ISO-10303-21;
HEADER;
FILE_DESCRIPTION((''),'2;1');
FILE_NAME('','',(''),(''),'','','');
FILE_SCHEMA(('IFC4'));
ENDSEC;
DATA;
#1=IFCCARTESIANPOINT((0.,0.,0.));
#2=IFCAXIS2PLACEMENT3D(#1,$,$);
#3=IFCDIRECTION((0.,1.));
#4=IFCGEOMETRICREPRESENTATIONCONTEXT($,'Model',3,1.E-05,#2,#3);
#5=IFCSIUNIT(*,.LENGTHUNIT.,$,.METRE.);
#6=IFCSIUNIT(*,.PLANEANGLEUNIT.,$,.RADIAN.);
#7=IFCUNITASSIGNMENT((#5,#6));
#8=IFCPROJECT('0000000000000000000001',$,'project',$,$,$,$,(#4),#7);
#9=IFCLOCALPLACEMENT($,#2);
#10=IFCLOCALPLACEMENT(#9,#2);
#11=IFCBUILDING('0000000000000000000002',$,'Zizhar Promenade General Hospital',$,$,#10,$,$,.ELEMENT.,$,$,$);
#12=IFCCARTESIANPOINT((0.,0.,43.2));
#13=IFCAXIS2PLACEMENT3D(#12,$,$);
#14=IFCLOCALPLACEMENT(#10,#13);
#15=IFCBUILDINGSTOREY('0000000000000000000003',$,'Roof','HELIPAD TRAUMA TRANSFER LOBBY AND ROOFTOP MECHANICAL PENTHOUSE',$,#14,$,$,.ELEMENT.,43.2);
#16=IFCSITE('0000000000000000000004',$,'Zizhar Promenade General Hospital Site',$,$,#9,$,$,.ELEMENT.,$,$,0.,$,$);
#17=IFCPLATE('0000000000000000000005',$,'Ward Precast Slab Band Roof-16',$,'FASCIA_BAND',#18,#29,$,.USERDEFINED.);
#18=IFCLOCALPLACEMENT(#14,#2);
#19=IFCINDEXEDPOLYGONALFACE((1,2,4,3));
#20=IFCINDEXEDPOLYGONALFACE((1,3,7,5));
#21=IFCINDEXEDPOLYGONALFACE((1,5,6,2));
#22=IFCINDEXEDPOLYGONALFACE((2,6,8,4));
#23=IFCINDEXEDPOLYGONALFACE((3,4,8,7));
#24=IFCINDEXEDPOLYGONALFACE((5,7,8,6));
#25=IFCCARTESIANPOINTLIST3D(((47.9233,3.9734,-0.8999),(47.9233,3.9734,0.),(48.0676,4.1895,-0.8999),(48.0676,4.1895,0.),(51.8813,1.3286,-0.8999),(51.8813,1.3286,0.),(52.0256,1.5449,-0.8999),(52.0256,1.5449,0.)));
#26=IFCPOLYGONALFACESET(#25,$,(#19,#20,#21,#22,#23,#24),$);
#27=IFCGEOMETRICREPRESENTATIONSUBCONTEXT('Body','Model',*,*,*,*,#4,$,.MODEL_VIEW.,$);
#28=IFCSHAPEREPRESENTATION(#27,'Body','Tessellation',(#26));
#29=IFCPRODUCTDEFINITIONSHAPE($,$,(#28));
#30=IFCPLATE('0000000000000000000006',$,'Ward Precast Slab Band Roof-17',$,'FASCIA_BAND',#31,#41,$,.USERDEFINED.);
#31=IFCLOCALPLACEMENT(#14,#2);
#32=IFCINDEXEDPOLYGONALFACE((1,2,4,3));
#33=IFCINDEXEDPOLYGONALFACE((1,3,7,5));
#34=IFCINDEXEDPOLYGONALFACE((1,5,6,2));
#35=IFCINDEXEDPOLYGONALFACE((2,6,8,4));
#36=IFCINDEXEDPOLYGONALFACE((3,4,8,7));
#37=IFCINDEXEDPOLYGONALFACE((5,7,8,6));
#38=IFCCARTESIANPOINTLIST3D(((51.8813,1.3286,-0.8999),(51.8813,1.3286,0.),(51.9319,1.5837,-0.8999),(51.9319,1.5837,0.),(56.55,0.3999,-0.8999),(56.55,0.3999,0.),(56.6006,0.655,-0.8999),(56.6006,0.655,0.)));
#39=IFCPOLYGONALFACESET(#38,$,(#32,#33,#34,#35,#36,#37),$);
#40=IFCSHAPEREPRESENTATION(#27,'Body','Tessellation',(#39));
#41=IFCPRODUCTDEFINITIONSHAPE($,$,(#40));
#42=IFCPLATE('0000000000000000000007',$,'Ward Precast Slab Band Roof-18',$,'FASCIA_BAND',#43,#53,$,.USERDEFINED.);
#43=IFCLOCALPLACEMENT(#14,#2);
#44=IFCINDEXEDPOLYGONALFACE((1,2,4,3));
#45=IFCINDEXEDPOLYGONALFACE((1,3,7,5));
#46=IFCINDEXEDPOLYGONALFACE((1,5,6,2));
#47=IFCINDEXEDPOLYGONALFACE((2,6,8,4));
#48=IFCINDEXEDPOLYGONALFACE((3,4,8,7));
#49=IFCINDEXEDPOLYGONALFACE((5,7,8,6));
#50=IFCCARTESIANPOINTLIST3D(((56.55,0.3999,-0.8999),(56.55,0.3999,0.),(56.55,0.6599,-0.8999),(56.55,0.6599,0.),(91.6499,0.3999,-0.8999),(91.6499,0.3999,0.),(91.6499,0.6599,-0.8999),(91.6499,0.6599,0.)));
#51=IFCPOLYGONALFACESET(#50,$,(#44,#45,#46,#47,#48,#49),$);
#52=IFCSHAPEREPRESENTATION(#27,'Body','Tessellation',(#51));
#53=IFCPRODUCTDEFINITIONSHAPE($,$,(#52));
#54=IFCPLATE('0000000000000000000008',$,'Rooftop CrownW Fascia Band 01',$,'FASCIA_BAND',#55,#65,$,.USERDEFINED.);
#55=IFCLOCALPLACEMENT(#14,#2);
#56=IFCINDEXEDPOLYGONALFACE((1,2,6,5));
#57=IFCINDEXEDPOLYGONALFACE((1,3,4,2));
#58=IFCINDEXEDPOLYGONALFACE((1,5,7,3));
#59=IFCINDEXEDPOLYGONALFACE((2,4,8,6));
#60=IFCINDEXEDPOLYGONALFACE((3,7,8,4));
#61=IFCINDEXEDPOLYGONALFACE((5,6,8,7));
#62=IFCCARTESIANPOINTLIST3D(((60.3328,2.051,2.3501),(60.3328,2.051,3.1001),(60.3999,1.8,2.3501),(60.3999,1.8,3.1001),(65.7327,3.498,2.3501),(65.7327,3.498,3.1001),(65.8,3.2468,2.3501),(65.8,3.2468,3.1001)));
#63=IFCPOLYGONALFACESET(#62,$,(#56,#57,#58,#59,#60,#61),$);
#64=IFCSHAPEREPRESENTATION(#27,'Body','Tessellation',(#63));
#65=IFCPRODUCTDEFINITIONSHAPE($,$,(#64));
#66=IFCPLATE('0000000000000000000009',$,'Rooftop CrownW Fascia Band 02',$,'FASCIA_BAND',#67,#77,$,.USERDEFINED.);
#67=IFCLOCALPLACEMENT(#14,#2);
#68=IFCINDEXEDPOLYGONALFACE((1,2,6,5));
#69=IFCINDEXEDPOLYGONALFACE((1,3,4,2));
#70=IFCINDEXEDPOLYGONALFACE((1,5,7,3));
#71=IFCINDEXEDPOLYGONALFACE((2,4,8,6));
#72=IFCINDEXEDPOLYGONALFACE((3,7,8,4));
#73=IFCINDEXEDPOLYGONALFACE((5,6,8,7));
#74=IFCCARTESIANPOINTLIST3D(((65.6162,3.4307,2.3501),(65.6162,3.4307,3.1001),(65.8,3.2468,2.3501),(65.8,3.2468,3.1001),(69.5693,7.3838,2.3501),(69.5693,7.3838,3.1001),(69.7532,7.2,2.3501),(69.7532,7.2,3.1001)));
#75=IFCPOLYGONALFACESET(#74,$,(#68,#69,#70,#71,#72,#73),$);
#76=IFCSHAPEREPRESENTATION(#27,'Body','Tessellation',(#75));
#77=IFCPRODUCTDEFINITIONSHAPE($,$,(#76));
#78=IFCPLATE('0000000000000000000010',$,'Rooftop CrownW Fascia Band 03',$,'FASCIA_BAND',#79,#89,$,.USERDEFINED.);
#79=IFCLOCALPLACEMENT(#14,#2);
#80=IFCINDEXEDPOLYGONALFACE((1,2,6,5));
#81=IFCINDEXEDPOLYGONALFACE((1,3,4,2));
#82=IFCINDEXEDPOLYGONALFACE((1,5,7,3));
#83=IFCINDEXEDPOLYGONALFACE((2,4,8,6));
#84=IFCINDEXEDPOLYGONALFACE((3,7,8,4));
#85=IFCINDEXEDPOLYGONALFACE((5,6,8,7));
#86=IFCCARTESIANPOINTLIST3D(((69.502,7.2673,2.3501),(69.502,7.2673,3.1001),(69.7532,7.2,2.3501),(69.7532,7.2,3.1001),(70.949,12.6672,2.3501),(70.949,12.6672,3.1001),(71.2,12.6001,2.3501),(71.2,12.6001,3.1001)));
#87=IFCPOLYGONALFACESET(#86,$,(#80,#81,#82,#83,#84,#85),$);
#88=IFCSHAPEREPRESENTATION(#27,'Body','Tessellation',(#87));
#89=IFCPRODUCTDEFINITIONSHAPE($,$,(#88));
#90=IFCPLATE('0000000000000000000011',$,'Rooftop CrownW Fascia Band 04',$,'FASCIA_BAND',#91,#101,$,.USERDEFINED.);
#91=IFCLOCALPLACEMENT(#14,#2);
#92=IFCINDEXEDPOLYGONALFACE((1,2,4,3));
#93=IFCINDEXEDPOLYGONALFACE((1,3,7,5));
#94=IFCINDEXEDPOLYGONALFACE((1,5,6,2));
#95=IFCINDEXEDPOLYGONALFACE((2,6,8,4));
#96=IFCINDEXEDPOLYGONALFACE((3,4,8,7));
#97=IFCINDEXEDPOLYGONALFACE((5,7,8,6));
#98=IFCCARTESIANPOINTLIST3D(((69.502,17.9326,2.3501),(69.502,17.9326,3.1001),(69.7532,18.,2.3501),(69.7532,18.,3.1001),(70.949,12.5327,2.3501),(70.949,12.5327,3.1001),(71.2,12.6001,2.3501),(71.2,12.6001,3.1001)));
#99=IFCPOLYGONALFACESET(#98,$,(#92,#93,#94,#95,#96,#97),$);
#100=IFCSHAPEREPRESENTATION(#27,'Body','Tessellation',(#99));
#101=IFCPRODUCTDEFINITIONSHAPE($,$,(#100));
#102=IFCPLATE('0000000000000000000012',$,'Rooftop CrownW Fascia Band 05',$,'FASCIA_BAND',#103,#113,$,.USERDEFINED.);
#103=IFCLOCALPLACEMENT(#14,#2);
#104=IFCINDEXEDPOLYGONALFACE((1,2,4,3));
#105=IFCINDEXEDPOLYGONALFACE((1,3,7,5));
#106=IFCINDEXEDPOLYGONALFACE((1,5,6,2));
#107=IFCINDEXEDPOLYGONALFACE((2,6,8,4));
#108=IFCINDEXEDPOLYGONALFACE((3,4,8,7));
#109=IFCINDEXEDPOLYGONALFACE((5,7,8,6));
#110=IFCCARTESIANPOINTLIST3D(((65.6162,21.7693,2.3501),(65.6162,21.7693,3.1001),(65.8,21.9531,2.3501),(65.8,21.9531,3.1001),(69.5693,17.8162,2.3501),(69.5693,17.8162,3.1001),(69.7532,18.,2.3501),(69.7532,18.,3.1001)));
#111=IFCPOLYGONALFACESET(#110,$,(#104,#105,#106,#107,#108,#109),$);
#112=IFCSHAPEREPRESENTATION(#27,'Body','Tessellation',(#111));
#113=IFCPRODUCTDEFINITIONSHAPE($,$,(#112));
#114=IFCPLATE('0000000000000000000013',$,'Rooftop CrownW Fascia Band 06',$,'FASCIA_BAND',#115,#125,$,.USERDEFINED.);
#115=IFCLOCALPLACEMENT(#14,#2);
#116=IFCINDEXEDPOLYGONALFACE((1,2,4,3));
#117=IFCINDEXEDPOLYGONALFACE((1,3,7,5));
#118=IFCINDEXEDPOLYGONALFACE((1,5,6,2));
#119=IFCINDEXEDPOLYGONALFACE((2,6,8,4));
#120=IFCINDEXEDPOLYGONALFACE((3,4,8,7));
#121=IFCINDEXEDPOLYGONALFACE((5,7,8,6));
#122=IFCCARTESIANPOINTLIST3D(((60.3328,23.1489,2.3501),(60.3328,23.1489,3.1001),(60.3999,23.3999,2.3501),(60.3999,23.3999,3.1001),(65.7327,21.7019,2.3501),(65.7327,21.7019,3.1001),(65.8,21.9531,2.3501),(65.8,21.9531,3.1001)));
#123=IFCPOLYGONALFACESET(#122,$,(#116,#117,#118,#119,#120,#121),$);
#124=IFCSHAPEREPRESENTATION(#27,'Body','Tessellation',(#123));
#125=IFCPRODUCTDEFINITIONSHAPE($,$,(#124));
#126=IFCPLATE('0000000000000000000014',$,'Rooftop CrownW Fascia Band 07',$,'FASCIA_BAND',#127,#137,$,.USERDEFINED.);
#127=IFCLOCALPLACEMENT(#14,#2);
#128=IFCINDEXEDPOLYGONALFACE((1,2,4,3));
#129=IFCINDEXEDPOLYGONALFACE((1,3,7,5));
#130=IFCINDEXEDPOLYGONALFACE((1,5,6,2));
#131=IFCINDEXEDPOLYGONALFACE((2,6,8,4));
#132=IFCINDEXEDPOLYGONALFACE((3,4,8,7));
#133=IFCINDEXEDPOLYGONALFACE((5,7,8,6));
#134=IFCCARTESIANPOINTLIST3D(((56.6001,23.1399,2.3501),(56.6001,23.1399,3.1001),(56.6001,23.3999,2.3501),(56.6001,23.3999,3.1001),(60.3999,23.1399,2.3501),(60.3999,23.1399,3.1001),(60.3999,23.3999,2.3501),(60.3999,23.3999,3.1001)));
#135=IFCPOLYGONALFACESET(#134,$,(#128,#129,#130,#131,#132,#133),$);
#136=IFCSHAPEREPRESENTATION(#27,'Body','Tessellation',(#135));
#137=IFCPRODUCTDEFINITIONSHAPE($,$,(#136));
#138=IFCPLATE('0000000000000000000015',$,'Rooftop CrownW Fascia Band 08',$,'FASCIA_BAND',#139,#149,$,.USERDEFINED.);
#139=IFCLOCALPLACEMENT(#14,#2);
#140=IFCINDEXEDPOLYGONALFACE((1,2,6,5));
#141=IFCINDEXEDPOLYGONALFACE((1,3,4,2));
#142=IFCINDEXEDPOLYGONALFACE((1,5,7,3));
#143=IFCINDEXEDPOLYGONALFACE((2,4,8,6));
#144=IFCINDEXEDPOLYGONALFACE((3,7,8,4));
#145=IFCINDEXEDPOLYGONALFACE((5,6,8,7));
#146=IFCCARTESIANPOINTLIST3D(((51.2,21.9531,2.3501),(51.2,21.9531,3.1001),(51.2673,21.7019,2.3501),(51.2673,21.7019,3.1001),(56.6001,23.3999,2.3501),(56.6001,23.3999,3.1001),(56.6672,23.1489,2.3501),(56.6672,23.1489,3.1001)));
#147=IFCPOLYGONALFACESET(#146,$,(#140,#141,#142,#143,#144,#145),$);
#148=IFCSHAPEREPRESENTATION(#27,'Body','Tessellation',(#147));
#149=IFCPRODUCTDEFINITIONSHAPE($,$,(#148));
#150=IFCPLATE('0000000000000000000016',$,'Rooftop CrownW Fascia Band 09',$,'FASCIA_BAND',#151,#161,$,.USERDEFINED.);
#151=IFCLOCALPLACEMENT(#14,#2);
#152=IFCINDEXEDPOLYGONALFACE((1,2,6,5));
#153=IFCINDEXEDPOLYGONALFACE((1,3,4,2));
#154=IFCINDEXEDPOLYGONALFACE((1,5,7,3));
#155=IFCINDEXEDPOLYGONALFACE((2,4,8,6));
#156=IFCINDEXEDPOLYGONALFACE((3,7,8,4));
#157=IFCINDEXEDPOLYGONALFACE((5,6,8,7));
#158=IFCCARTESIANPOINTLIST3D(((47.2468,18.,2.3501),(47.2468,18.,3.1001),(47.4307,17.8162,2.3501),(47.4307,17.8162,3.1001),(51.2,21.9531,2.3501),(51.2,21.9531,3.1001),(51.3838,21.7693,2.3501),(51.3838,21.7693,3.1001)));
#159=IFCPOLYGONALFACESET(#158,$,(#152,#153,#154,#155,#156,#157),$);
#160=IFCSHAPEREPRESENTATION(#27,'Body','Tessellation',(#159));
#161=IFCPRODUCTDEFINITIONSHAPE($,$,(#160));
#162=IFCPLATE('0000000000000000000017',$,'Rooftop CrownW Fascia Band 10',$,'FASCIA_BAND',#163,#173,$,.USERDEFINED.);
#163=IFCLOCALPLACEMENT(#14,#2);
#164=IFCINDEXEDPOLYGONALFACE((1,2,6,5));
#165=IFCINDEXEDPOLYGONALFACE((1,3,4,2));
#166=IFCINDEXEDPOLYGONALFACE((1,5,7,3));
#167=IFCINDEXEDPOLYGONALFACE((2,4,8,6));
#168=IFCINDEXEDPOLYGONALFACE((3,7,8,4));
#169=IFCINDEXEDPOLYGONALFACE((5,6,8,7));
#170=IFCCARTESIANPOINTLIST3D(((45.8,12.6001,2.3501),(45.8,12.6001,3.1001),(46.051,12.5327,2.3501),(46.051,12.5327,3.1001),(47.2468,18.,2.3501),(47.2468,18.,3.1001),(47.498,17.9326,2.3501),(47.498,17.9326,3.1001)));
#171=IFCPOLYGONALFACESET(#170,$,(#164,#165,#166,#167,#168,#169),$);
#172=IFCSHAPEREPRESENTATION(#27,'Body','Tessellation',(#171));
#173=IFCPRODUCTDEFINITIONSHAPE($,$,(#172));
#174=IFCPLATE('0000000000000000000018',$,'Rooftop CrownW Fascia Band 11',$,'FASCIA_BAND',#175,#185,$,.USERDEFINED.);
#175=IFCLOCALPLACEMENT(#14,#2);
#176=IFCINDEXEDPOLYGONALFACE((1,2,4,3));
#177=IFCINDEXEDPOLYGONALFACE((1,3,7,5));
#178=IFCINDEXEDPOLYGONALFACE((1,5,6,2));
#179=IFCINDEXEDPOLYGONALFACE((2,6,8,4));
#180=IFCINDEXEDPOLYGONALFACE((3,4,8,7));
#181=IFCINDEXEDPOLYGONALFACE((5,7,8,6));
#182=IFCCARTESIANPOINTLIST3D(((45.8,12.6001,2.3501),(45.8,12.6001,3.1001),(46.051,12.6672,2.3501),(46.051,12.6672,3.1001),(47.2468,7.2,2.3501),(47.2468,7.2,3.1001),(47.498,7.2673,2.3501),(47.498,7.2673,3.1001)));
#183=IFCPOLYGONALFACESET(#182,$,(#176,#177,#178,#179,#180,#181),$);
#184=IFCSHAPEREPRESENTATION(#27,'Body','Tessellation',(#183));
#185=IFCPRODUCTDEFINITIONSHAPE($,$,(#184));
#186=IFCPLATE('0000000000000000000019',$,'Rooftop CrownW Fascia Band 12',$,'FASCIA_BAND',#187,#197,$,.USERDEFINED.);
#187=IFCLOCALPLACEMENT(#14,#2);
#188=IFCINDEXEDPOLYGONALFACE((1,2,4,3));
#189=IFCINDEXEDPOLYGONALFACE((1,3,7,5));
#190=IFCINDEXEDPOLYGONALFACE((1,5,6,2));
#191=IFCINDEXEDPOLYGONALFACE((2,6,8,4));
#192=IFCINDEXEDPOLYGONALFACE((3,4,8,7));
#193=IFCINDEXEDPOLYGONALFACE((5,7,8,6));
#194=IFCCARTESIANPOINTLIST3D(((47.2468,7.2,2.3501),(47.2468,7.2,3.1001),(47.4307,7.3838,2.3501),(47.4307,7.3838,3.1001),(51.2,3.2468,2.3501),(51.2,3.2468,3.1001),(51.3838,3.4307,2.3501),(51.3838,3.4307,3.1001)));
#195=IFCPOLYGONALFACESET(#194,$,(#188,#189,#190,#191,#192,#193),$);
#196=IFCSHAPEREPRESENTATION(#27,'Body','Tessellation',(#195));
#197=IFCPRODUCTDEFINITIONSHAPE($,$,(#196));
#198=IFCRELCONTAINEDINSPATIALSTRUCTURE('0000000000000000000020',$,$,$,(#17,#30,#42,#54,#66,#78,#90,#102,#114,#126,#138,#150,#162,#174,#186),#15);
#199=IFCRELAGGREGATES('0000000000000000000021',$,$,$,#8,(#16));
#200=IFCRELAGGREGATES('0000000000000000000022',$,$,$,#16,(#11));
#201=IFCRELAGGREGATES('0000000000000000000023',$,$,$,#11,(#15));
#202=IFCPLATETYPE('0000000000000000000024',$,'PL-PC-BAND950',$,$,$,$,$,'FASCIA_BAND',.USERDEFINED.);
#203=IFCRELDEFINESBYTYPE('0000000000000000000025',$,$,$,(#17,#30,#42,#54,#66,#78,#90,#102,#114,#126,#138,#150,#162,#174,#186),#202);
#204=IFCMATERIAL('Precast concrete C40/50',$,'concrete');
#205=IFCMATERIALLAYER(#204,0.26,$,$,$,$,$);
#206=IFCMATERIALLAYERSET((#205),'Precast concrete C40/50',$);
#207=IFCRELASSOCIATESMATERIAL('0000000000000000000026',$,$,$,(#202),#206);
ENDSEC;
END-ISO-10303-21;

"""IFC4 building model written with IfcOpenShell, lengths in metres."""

from ifc_helpers import new_model, si_unit, direction, frame, origin, place, context, subcontext, project, spatial, polyline, outline, extrude, material, layer, layer_set, type_object, element, save


model = new_model("IFC4")

# Units and contexts
model_context = context("Model", 3, precision=1e-05, world=origin(), true_north=direction((0.0, 1.0)))
body_context = subcontext(model_context, "Body", "Model", "MODEL_VIEW")
ifc_project = project(units=[si_unit("LENGTHUNIT", "METRE"), si_unit("PLANEANGLEUNIT", "RADIAN")], contexts=[model_context])

# Site, building, storey
site_placement = place(None, origin())
site = spatial("IfcSite", under=ifc_project, at=site_placement, Name="Zizhar Promenade General Hospital Site", CompositionType="ELEMENT", RefElevation=0.0)
building_placement = place(site_placement, origin())
building = spatial("IfcBuilding", under=site, at=building_placement, Name="Zizhar Promenade General Hospital", CompositionType="ELEMENT")
storey_placement = place(building_placement, frame((0.0, 0.0, 43.2)))
storey = spatial("IfcBuildingStorey", under=building, at=storey_placement, Name="Roof", Description="HELIPAD TRAUMA TRANSFER LOBBY AND ROOFTOP MECHANICAL PENTHOUSE", CompositionType="ELEMENT", Elevation=43.2)

# Plates
ifc_material = material(Name="Precast concrete C40/50", Category="concrete")
ifc_layer = layer(ifc_material, 0.26)
ifc_layer_set = layer_set([ifc_layer], Name="Precast concrete C40/50")
plate_type = type_object("IfcPlateType", Name="PL-PC-BAND950", ElementType="FASCIA_BAND", PredefinedType="USERDEFINED", material=ifc_layer_set)
plate_1_placement = place(storey_placement, frame((0.0, 0.0, -0.8999)))
element("IfcPlate", 1, at=plate_1_placement, inside=storey, type_object=plate_type, Name="Ward Precast Slab Band Roof-16", ObjectType="FASCIA_BAND", PredefinedType="USERDEFINED", context=body_context, shape_type="SweptSolid", body=[
    extrude(outline(polyline([(47.9233, 3.9734), (51.8813, 1.3286), (52.0256, 1.5449), (48.0676, 4.1895), (47.9233, 3.9734)])), origin(), (0.0, 0.0, 1.0), 0.8999),
])
plate_2_placement = place(storey_placement, frame((0.0, 0.0, -0.8999)))
element("IfcPlate", 2, at=plate_2_placement, inside=storey, type_object=plate_type, Name="Ward Precast Slab Band Roof-17", ObjectType="FASCIA_BAND", PredefinedType="USERDEFINED", context=body_context, shape_type="SweptSolid", body=[
    extrude(outline(polyline([(51.8813, 1.3286), (56.55, 0.3999), (56.6006, 0.655), (51.9319, 1.5837), (51.8813, 1.3286)])), origin(), (0.0, 0.0, 1.0), 0.8999),
])
plate_3_placement = place(storey_placement, frame((0.0, 0.0, -0.8999)))
element("IfcPlate", 3, at=plate_3_placement, inside=storey, type_object=plate_type, Name="Ward Precast Slab Band Roof-18", ObjectType="FASCIA_BAND", PredefinedType="USERDEFINED", context=body_context, shape_type="SweptSolid", body=[
    extrude(outline(polyline([(56.55, 0.3999), (91.6499, 0.3999), (91.6499, 0.6599), (56.55, 0.6599), (56.55, 0.3999)])), origin(), (0.0, 0.0, 1.0), 0.8999),
])
plate_4_placement = place(storey_placement, frame((0.0, 0.0, 2.3501)))
element("IfcPlate", 4, at=plate_4_placement, inside=storey, type_object=plate_type, Name="Rooftop CrownW Fascia Band 01", ObjectType="FASCIA_BAND", PredefinedType="USERDEFINED", context=body_context, shape_type="SweptSolid", body=[
    extrude(outline(polyline([(60.3999, 1.8), (65.8, 3.2468), (65.7327, 3.498), (60.3328, 2.051), (60.3999, 1.8)])), origin(), (0.0, 0.0, 1.0), 0.75),
])
plate_5_placement = place(storey_placement, frame((0.0, 0.0, 2.3501)))
element("IfcPlate", 5, at=plate_5_placement, inside=storey, type_object=plate_type, Name="Rooftop CrownW Fascia Band 02", ObjectType="FASCIA_BAND", PredefinedType="USERDEFINED", context=body_context, shape_type="SweptSolid", body=[
    extrude(outline(polyline([(65.8, 3.2468), (69.7532, 7.2), (69.5693, 7.3838), (65.6162, 3.4307), (65.8, 3.2468)])), origin(), (0.0, 0.0, 1.0), 0.75),
])
plate_6_placement = place(storey_placement, frame((0.0, 0.0, 2.3501)))
element("IfcPlate", 6, at=plate_6_placement, inside=storey, type_object=plate_type, Name="Rooftop CrownW Fascia Band 03", ObjectType="FASCIA_BAND", PredefinedType="USERDEFINED", context=body_context, shape_type="SweptSolid", body=[
    extrude(outline(polyline([(69.7532, 7.2), (71.2, 12.6001), (70.949, 12.6672), (69.502, 7.2673), (69.7532, 7.2)])), origin(), (0.0, 0.0, 1.0), 0.75),
])
plate_7_placement = place(storey_placement, frame((0.0, 0.0, 2.3501)))
element("IfcPlate", 7, at=plate_7_placement, inside=storey, type_object=plate_type, Name="Rooftop CrownW Fascia Band 04", ObjectType="FASCIA_BAND", PredefinedType="USERDEFINED", context=body_context, shape_type="SweptSolid", body=[
    extrude(outline(polyline([(71.2, 12.6001), (69.7532, 18.0), (69.502, 17.9326), (70.949, 12.5327), (71.2, 12.6001)])), origin(), (0.0, 0.0, 1.0), 0.75),
])
plate_8_placement = place(storey_placement, frame((0.0, 0.0, 2.3501)))
element("IfcPlate", 8, at=plate_8_placement, inside=storey, type_object=plate_type, Name="Rooftop CrownW Fascia Band 05", ObjectType="FASCIA_BAND", PredefinedType="USERDEFINED", context=body_context, shape_type="SweptSolid", body=[
    extrude(outline(polyline([(69.7532, 18.0), (65.8, 21.9531), (65.6162, 21.7693), (69.5693, 17.8162), (69.7532, 18.0)])), origin(), (0.0, 0.0, 1.0), 0.75),
])
plate_9_placement = place(storey_placement, frame((0.0, 0.0, 2.3501)))
element("IfcPlate", 9, at=plate_9_placement, inside=storey, type_object=plate_type, Name="Rooftop CrownW Fascia Band 06", ObjectType="FASCIA_BAND", PredefinedType="USERDEFINED", context=body_context, shape_type="SweptSolid", body=[
    extrude(outline(polyline([(65.8, 21.9531), (60.3999, 23.3999), (60.3328, 23.1489), (65.7327, 21.7019), (65.8, 21.9531)])), origin(), (0.0, 0.0, 1.0), 0.75),
])
plate_10_placement = place(storey_placement, frame((0.0, 0.0, 2.3501)))
element("IfcPlate", 10, at=plate_10_placement, inside=storey, type_object=plate_type, Name="Rooftop CrownW Fascia Band 07", ObjectType="FASCIA_BAND", PredefinedType="USERDEFINED", context=body_context, shape_type="SweptSolid", body=[
    extrude(outline(polyline([(60.3999, 23.3999), (56.6001, 23.3999), (56.6001, 23.1399), (60.3999, 23.1399), (60.3999, 23.3999)])), origin(), (0.0, 0.0, 1.0), 0.75),
])
plate_11_placement = place(storey_placement, frame((0.0, 0.0, 2.3501)))
element("IfcPlate", 11, at=plate_11_placement, inside=storey, type_object=plate_type, Name="Rooftop CrownW Fascia Band 08", ObjectType="FASCIA_BAND", PredefinedType="USERDEFINED", context=body_context, shape_type="SweptSolid", body=[
    extrude(outline(polyline([(56.6001, 23.3999), (51.2, 21.9531), (51.2673, 21.7019), (56.6672, 23.1489), (56.6001, 23.3999)])), origin(), (0.0, 0.0, 1.0), 0.75),
])
plate_12_placement = place(storey_placement, frame((0.0, 0.0, 2.3501)))
element("IfcPlate", 12, at=plate_12_placement, inside=storey, type_object=plate_type, Name="Rooftop CrownW Fascia Band 09", ObjectType="FASCIA_BAND", PredefinedType="USERDEFINED", context=body_context, shape_type="SweptSolid", body=[
    extrude(outline(polyline([(51.2, 21.9531), (47.2468, 18.0), (47.4307, 17.8162), (51.3838, 21.7693), (51.2, 21.9531)])), origin(), (0.0, 0.0, 1.0), 0.75),
])
plate_13_placement = place(storey_placement, frame((0.0, 0.0, 2.3501)))
element("IfcPlate", 13, at=plate_13_placement, inside=storey, type_object=plate_type, Name="Rooftop CrownW Fascia Band 10", ObjectType="FASCIA_BAND", PredefinedType="USERDEFINED", context=body_context, shape_type="SweptSolid", body=[
    extrude(outline(polyline([(47.2468, 18.0), (45.8, 12.6001), (46.051, 12.5327), (47.498, 17.9326), (47.2468, 18.0)])), origin(), (0.0, 0.0, 1.0), 0.75),
])
plate_14_placement = place(storey_placement, frame((0.0, 0.0, 2.3501)))
element("IfcPlate", 14, at=plate_14_placement, inside=storey, type_object=plate_type, Name="Rooftop CrownW Fascia Band 11", ObjectType="FASCIA_BAND", PredefinedType="USERDEFINED", context=body_context, shape_type="SweptSolid", body=[
    extrude(outline(polyline([(45.8, 12.6001), (47.2468, 7.2), (47.498, 7.2673), (46.051, 12.6672), (45.8, 12.6001)])), origin(), (0.0, 0.0, 1.0), 0.75),
])
plate_15_placement = place(storey_placement, frame((0.0, 0.0, 2.3501)))
element("IfcPlate", 15, at=plate_15_placement, inside=storey, type_object=plate_type, Name="Rooftop CrownW Fascia Band 12", ObjectType="FASCIA_BAND", PredefinedType="USERDEFINED", context=body_context, shape_type="SweptSolid", body=[
    extrude(outline(polyline([(47.2468, 7.2), (51.2, 3.2468), (51.3838, 3.4307), (47.4307, 7.3838), (47.2468, 7.2)])), origin(), (0.0, 0.0, 1.0), 0.75),
])

save(model, "model.ifc")
